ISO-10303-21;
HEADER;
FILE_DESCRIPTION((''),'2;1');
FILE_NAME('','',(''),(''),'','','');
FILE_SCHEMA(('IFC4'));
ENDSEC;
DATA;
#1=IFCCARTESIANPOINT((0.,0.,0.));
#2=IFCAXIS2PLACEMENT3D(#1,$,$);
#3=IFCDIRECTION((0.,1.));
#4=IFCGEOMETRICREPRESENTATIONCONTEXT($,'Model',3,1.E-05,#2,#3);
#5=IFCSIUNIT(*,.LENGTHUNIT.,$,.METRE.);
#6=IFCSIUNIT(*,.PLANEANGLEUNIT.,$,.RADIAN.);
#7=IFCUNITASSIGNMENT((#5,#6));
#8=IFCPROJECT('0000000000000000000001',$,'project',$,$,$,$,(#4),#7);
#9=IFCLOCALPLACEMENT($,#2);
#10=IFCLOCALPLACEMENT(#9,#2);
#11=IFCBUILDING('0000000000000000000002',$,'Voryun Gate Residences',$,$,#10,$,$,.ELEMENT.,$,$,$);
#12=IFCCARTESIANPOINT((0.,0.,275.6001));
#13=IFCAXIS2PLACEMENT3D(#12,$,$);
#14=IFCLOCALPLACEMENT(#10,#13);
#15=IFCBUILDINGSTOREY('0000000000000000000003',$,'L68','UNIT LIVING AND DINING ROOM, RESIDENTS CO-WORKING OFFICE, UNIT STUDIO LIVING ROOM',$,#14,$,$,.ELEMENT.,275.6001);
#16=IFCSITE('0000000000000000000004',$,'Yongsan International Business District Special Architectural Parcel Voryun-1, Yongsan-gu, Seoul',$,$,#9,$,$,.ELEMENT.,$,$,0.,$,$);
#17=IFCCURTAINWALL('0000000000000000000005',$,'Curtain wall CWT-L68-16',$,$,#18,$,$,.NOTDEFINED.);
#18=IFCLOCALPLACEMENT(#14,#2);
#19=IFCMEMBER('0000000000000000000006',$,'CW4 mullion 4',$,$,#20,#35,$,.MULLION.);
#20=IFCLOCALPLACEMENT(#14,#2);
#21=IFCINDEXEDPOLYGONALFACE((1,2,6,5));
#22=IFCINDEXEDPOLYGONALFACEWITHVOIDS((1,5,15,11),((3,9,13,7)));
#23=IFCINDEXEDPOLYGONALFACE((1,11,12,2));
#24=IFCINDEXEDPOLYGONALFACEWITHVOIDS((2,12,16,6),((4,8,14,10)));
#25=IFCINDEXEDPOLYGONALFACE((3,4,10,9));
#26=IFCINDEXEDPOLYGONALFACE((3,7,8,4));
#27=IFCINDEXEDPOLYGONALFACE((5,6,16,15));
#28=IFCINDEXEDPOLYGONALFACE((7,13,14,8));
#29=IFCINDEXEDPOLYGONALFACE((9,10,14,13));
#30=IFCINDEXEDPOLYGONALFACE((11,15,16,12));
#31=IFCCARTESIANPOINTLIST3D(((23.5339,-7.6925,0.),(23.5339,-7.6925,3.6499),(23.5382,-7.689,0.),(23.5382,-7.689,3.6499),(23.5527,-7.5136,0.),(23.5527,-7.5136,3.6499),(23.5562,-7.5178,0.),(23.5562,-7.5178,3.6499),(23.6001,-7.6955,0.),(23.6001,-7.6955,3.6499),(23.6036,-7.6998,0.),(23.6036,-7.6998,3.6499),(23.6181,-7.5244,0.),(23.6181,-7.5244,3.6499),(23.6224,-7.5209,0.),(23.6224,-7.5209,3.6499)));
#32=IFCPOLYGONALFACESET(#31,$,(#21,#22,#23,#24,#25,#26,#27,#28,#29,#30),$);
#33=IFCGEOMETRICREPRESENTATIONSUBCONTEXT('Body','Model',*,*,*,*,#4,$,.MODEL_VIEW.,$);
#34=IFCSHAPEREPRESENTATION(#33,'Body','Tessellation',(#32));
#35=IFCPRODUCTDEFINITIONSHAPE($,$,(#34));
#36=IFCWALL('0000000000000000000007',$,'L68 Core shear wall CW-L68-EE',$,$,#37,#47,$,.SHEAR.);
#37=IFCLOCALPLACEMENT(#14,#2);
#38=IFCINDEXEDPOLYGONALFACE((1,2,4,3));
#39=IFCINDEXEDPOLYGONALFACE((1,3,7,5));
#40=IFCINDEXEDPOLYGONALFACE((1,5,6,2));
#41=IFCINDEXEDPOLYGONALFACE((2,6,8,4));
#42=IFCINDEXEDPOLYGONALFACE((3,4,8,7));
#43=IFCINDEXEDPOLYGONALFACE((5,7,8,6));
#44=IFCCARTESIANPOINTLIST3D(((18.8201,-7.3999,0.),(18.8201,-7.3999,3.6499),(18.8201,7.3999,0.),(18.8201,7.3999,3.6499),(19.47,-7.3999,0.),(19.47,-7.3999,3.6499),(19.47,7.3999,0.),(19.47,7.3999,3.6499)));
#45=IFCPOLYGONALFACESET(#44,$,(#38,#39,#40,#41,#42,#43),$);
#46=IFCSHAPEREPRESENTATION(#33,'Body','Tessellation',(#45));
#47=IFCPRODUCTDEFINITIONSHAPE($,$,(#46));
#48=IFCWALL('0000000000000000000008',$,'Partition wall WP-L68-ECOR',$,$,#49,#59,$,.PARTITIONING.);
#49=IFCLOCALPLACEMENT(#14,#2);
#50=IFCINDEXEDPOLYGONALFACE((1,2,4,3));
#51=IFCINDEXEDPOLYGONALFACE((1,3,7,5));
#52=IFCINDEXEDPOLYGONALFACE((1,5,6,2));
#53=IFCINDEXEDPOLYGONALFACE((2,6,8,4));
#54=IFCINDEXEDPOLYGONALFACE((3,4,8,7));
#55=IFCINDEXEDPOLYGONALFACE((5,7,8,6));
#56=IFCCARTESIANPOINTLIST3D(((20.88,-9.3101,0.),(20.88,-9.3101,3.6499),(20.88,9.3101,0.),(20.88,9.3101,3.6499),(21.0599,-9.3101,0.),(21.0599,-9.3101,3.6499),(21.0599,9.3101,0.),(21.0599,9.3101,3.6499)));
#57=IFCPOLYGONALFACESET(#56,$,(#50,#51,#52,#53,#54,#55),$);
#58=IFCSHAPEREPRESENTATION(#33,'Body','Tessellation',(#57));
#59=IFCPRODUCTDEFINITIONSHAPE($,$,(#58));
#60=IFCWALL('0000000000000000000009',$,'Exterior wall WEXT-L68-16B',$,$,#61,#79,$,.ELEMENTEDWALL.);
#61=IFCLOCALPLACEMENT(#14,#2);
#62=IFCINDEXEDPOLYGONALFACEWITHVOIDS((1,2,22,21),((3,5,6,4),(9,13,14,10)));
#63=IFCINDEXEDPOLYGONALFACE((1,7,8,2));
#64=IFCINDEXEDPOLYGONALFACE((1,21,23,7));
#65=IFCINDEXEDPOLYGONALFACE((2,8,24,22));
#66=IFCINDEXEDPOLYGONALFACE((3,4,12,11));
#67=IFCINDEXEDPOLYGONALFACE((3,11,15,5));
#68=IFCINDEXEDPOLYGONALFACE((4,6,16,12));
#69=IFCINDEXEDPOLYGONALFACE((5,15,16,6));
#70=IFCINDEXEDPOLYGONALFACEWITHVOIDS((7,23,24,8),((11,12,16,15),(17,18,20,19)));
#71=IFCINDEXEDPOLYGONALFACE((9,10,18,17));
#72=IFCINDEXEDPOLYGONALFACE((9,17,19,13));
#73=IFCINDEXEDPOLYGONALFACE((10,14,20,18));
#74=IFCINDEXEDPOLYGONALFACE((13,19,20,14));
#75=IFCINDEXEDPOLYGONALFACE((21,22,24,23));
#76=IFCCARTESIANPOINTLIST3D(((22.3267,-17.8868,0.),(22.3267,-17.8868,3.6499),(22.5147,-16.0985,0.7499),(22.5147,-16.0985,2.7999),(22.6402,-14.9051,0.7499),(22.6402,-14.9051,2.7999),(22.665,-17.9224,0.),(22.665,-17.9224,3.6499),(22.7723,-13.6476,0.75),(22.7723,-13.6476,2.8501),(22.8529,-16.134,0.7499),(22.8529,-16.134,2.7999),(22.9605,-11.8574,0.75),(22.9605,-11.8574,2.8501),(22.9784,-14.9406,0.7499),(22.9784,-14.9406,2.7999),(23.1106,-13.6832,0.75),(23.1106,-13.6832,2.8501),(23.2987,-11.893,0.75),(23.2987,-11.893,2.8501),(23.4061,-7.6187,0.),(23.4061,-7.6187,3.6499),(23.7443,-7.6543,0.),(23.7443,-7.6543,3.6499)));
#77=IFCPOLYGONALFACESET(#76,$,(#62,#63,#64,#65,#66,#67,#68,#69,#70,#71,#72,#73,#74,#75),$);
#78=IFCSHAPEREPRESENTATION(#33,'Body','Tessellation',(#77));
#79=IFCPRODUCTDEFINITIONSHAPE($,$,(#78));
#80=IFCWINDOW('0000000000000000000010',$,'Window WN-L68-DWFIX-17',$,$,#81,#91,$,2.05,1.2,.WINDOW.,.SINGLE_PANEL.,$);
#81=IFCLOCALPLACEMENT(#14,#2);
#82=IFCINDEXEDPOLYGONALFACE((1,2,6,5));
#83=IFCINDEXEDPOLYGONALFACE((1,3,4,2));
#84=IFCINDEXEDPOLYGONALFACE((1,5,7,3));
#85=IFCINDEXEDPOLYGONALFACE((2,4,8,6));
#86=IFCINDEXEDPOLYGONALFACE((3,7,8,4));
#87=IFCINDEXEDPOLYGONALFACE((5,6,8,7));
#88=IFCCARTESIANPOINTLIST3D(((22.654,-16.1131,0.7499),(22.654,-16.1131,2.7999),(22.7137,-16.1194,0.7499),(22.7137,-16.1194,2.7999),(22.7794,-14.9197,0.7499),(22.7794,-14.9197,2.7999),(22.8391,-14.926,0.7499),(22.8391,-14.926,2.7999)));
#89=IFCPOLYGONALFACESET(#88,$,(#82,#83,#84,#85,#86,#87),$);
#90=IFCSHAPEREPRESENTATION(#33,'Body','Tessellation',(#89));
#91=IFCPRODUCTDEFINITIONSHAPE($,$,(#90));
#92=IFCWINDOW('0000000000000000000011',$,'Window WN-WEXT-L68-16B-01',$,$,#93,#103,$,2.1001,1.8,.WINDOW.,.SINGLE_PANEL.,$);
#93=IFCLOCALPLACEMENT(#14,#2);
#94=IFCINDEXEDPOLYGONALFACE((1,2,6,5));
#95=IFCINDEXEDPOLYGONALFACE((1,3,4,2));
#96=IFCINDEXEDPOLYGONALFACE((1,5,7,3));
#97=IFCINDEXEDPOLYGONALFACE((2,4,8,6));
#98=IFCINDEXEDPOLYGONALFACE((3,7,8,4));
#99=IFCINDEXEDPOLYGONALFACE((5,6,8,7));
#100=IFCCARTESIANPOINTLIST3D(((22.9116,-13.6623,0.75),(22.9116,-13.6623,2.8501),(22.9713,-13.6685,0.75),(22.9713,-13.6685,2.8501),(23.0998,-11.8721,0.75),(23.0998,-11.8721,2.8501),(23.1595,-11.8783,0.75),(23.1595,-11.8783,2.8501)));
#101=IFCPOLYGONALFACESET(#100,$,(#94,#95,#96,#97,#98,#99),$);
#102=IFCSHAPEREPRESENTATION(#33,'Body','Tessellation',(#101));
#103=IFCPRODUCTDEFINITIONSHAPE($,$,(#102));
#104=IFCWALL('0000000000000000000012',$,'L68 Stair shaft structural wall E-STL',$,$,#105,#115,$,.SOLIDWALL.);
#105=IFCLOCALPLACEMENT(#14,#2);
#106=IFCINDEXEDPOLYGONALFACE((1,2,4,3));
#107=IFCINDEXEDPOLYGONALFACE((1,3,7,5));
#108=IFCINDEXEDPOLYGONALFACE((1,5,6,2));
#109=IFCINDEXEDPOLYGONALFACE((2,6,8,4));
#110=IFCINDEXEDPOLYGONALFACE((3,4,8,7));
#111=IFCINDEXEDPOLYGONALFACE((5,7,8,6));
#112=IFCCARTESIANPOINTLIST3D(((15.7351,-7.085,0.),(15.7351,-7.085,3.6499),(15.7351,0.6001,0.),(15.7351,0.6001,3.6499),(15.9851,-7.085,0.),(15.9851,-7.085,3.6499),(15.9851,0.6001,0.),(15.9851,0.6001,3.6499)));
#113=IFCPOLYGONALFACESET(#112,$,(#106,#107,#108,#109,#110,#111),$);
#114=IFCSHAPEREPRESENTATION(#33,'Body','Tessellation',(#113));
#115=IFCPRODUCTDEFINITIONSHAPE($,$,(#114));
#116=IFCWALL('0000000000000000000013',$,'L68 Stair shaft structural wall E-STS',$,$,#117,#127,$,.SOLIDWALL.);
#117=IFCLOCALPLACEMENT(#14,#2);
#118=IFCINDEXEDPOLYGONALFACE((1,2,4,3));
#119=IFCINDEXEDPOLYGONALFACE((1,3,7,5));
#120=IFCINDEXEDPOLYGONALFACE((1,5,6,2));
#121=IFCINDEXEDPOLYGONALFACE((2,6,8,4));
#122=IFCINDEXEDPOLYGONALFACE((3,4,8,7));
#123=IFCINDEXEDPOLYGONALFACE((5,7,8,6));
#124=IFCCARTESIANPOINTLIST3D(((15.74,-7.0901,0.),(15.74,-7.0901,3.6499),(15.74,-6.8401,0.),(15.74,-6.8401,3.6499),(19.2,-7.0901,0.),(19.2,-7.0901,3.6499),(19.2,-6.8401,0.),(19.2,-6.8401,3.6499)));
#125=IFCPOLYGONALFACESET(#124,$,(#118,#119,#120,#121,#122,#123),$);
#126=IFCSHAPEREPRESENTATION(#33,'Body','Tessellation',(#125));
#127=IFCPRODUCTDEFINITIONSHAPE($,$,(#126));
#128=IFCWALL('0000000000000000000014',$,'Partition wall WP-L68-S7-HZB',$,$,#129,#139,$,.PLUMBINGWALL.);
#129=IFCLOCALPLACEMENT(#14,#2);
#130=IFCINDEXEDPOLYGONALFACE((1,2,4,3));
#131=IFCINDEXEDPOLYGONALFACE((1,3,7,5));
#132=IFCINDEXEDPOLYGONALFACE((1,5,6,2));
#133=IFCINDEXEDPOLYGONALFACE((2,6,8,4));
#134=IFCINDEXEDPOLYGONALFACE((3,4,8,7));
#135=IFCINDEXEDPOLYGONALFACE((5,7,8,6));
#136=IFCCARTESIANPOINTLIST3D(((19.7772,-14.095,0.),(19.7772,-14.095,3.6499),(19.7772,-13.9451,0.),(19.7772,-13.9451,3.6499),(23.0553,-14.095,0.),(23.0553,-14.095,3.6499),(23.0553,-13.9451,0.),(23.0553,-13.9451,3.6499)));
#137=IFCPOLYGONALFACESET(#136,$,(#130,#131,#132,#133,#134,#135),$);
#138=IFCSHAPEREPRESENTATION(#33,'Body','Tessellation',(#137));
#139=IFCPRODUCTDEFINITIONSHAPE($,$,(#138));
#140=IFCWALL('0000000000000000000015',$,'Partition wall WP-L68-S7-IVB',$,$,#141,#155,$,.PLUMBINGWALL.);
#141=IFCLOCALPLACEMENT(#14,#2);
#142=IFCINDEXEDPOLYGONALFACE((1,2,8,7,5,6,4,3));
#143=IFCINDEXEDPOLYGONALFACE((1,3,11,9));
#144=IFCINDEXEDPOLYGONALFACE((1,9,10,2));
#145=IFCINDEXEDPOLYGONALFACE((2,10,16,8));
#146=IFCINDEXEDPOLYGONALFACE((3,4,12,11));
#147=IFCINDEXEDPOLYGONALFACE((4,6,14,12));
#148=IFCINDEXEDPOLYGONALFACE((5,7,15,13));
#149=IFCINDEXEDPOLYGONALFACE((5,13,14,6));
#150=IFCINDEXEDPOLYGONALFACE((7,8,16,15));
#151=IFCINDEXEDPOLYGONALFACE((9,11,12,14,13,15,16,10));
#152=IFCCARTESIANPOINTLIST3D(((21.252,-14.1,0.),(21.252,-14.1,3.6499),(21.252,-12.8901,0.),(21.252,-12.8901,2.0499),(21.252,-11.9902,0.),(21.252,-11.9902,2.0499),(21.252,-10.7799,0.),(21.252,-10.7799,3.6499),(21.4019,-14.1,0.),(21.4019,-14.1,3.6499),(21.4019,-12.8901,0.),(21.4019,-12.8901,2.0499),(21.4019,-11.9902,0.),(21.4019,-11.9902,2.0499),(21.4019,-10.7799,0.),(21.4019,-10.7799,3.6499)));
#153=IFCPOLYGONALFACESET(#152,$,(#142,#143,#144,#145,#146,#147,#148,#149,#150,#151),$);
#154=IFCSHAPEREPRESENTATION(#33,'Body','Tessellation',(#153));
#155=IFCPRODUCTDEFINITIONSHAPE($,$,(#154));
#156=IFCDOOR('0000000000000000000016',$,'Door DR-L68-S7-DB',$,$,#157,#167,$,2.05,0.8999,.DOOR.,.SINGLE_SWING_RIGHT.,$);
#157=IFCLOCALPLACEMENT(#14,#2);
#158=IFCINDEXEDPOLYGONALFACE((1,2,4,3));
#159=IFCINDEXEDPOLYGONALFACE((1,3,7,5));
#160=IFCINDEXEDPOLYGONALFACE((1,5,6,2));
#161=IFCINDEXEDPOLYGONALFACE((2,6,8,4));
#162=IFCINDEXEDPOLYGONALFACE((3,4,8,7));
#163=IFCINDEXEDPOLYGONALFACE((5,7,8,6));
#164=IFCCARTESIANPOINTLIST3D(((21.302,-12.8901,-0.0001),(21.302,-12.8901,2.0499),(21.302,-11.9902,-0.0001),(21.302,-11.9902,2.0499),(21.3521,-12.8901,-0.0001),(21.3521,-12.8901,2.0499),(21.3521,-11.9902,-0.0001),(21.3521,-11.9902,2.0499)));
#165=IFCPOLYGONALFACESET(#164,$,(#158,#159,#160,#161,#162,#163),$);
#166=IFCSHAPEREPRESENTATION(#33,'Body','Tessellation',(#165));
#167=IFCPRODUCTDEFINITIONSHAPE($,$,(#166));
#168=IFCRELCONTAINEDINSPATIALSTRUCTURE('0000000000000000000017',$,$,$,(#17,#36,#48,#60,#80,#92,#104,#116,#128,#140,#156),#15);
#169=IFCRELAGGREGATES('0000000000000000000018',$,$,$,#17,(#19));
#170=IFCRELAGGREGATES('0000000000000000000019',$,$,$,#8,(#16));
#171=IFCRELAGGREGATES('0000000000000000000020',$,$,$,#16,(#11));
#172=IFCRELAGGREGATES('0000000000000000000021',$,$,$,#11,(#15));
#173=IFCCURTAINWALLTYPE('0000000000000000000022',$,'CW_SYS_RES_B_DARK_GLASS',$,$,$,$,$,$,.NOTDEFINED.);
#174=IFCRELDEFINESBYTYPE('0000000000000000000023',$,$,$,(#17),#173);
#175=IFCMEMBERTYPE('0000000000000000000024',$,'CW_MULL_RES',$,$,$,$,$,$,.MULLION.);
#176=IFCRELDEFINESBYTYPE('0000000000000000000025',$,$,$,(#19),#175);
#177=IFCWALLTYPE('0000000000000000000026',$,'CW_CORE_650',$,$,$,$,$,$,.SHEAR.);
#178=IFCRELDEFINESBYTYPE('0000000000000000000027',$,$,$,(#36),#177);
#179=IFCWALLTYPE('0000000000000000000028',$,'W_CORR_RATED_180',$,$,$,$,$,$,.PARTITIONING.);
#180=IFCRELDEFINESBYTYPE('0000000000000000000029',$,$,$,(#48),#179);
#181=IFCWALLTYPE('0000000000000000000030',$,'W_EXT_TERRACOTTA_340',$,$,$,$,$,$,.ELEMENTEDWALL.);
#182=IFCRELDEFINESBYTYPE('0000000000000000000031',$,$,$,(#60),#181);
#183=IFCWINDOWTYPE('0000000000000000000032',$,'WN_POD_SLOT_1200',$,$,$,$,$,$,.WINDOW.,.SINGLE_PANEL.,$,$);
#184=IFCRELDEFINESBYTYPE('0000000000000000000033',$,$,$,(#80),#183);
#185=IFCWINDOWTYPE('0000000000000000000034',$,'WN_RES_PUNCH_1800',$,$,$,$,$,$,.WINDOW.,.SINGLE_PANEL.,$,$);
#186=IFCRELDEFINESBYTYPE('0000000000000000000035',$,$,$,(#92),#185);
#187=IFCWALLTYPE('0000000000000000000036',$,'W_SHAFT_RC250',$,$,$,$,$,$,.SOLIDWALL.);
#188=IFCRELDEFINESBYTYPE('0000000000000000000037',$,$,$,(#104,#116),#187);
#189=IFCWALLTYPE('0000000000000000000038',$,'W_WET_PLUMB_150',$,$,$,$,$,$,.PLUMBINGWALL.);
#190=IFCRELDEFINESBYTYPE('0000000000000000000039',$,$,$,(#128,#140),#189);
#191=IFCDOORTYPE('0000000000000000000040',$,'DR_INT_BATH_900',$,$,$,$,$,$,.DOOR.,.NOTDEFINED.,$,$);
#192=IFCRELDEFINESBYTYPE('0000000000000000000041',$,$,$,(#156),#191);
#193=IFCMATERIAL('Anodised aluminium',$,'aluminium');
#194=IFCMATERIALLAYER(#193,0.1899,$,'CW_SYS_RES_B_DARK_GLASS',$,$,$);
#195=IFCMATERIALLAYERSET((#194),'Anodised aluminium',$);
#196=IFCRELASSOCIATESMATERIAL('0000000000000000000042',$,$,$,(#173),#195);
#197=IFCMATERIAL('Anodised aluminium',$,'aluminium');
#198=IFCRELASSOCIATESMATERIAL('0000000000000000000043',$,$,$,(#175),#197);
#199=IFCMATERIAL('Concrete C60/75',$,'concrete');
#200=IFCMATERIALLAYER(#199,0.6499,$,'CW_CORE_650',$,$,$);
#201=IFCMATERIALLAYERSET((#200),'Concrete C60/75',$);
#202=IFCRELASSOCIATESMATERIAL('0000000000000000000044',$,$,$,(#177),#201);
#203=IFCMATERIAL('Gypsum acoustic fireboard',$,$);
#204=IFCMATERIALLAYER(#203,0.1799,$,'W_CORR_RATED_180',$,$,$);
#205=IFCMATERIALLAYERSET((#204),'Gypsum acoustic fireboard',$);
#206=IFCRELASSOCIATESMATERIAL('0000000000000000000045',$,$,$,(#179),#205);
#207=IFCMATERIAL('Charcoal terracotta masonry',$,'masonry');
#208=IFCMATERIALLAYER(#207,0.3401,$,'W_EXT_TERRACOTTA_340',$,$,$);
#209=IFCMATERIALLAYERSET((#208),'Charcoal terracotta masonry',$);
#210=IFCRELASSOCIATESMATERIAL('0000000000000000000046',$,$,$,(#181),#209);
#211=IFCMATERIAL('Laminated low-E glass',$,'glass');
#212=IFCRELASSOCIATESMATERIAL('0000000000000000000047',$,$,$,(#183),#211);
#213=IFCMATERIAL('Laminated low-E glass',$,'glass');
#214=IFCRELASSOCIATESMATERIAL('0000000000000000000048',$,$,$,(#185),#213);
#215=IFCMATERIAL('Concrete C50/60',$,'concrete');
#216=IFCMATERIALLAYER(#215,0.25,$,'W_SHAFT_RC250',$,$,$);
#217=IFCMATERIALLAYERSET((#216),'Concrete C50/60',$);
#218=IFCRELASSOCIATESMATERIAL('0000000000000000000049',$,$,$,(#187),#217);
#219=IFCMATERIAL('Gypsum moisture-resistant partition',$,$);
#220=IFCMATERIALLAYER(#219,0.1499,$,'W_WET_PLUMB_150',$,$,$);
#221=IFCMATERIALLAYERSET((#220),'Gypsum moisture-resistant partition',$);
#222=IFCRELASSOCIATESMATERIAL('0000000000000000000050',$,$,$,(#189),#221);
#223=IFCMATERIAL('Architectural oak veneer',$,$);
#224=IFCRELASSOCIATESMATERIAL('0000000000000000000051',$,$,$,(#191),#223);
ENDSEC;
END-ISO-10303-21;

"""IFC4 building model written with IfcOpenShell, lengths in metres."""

from ifc_helpers import new_model, si_unit, direction, frame, frame_2d, origin, origin_2d, place, context, subcontext, project, spatial, rectangle, hollow_rectangle, extrude, material, layer, layer_set, material_profile, profile_set, type_object, element, fill, aggregate, save


model = new_model("IFC4")

# Units and contexts
model_context = context("Model", 3, precision=1e-05, world=origin(), true_north=direction((0.0, 1.0)))
body_context = subcontext(model_context, "Body", "Model", "MODEL_VIEW")
ifc_project = project(units=[si_unit("LENGTHUNIT", "METRE"), si_unit("PLANEANGLEUNIT", "RADIAN")], contexts=[model_context])

# Site, building, storey
site_placement = place(None, origin())
site = spatial("IfcSite", under=ifc_project, at=site_placement, Name="Yongsan International Business District Special Architectural Parcel Voryun-1, Yongsan-gu, Seoul", CompositionType="ELEMENT", RefElevation=0.0)
building_placement = place(site_placement, origin())
building = spatial("IfcBuilding", under=site, at=building_placement, Name="Voryun Gate Residences", CompositionType="ELEMENT")
storey_placement = place(building_placement, frame((0.0, 0.0, 275.6001)))
storey = spatial("IfcBuildingStorey", under=building, at=storey_placement, Name="L68", Description="UNIT LIVING AND DINING ROOM, RESIDENTS CO-WORKING OFFICE, UNIT STUDIO LIVING ROOM", CompositionType="ELEMENT", Elevation=275.6001)

# Curtain wall, member
ifc_material_1 = material(Name="Anodised aluminium", Category="aluminium")
ifc_layer_1 = layer(ifc_material_1, 0.1899, Name="CW_SYS_RES_B_DARK_GLASS")
ifc_layer_set_1 = layer_set([ifc_layer_1], Name="Anodised aluminium")
curtain_wall_type = type_object("IfcCurtainWallType", Name="CW_SYS_RES_B_DARK_GLASS", PredefinedType="NOTDEFINED", material=ifc_layer_set_1)
curtain_wall_placement = place(storey_placement, origin())
curtain_wall = element("IfcCurtainWall", 1, at=curtain_wall_placement, inside=storey, type_object=curtain_wall_type, Name="Curtain wall CWT-L68-16", PredefinedType="NOTDEFINED")
ifc_material_2 = material(Name="Anodised aluminium", Category="aluminium")
ifc_material_profile_1 = material_profile(ifc_material_2, hollow_rectangle(XDim=0.0701, YDim=0.1799, WallThickness=0.0039, at=origin_2d()), Name="ALU-MULL-180x70x4")
ifc_profile_set_1 = profile_set([ifc_material_profile_1], Name="Anodised aluminium")
member_type = type_object("IfcMemberType", Name="CW_MULL_RES", PredefinedType="MULLION", material=ifc_profile_set_1)
member_placement = place(storey_placement, frame((23.5781, -7.6067, 0.0), z_axis=(0.0, 0.0, 1.0), x_axis=(0.994521, -0.104536, 0.0)))
member = element("IfcMember", 2, at=member_placement, type_object=member_type, Name="CW4 mullion 4", PredefinedType="MULLION", context=body_context, shape_type="SweptSolid", body=[
    extrude(hollow_rectangle(XDim=0.0701, YDim=0.1799, WallThickness=0.0039, at=origin_2d()), origin(), (0.0, 0.0, 1.0), 3.6499),
])
aggregate(curtain_wall, [member])

# Walls
ifc_material_3 = material(Name="Concrete C60/75", Category="concrete")
ifc_layer_2 = layer(ifc_material_3, 0.6499, Name="CW_CORE_650")
ifc_layer_set_2 = layer_set([ifc_layer_2], Name="Concrete C60/75")
wall_type_1 = type_object("IfcWallType", Name="CW_CORE_650", PredefinedType="SHEAR", material=ifc_layer_set_2)
wall_1_placement = place(storey_placement, frame((19.145, -7.3999, 0.0), z_axis=(0.0, 0.0, 1.0), x_axis=(0.0, 1.0, 0.0)))
element("IfcWall", 3, at=wall_1_placement, inside=storey, type_object=wall_type_1, Name="L68 Core shear wall CW-L68-EE", PredefinedType="SHEAR", context=body_context, shape_type="SweptSolid", body=[
    extrude(rectangle(XDim=14.7998, YDim=0.6499, at=frame_2d((7.3999, 0.0))), origin(), (0.0, 0.0, 1.0), 3.6499),
])
ifc_material_4 = material(Name="Gypsum acoustic fireboard")
ifc_layer_3 = layer(ifc_material_4, 0.1799, Name="W_CORR_RATED_180")
ifc_layer_set_3 = layer_set([ifc_layer_3], Name="Gypsum acoustic fireboard")
wall_type_2 = type_object("IfcWallType", Name="W_CORR_RATED_180", PredefinedType="PARTITIONING", material=ifc_layer_set_3)
wall_2_placement = place(storey_placement, frame((20.97, -9.3101, 0.0), z_axis=(0.0, 0.0, 1.0), x_axis=(0.0, 1.0, 0.0)))
element("IfcWall", 4, at=wall_2_placement, inside=storey, type_object=wall_type_2, Name="Partition wall WP-L68-ECOR", PredefinedType="PARTITIONING", context=body_context, shape_type="SweptSolid", body=[
    extrude(rectangle(XDim=18.6201, YDim=0.1799, at=frame_2d((9.3101, 0.0))), origin(), (0.0, 0.0, 1.0), 3.6499),
])

# Wall, openings, windows
ifc_material_5 = material(Name="Charcoal terracotta masonry", Category="masonry")
ifc_layer_4 = layer(ifc_material_5, 0.3401, Name="W_EXT_TERRACOTTA_340")
ifc_layer_set_4 = layer_set([ifc_layer_4], Name="Charcoal terracotta masonry")
wall_type_3 = type_object("IfcWallType", Name="W_EXT_TERRACOTTA_340", PredefinedType="ELEMENTEDWALL", material=ifc_layer_set_4)
wall_3_placement = place(storey_placement, frame((23.5752, -7.6365, 0.0), z_axis=(0.0, 0.0, 1.0), x_axis=(-0.104541, -0.994521, 0.0)))
wall_3 = element("IfcWall", 5, at=wall_3_placement, inside=storey, type_object=wall_type_3, Name="Exterior wall WEXT-L68-16B", PredefinedType="ELEMENTEDWALL", context=body_context, shape_type="SweptSolid", body=[
    extrude(rectangle(XDim=10.3247, YDim=0.3401, at=frame_2d((5.1624, 0.0))), origin(), (0.0, 0.0, 1.0), 3.6499),
])
opening_1_placement = place(wall_3_placement, frame((4.2622, 0.0, 0.75)))
opening_1 = element("IfcOpeningElement", 6, at=opening_1_placement, cuts=wall_3, PredefinedType="OPENING", context=body_context, shape_type="SweptSolid", body=[
    extrude(rectangle(XDim=1.8, YDim=2.1001, at=frame_2d((0.8999, 1.05))), frame((0.0, 0.1799, 0.0), z_axis=(0.0, -1.0, 0.0), x_axis=(1.0, 0.0, 0.0)), (0.0, 0.0, 1.0), 0.3601),
])
opening_2_placement = place(wall_3_placement, frame((7.3264, 0.0, 0.75)))
opening_2 = element("IfcOpeningElement", 7, at=opening_2_placement, cuts=wall_3, PredefinedType="OPENING", context=body_context, shape_type="SweptSolid", body=[
    extrude(rectangle(XDim=1.2, YDim=2.05, at=frame_2d((0.6001, 1.0249))), frame((0.0, 0.1799, 0.0), z_axis=(0.0, -1.0, 0.0), x_axis=(1.0, 0.0, 0.0)), (0.0, 0.0, 1.0), 0.3601),
])
ifc_material_6 = material(Name="Laminated low-E glass", Category="glass")
window_type_1 = type_object("IfcWindowType", Name="WN_POD_SLOT_1200", PartitioningType="SINGLE_PANEL", PredefinedType="WINDOW", material=ifc_material_6)
window_1_placement = place(opening_2_placement, origin())
window_1 = element("IfcWindow", 8, at=window_1_placement, inside=storey, type_object=window_type_1, Name="Window WN-L68-DWFIX-17", OverallHeight=2.05, OverallWidth=1.2, PartitioningType="SINGLE_PANEL", PredefinedType="WINDOW", context=body_context, shape_type="SweptSolid", body=[
    extrude(rectangle(XDim=1.2, YDim=2.05, at=frame_2d((0.6001, 1.0249))), frame((0.0, 0.03, 0.0), z_axis=(0.0, -1.0, 0.0), x_axis=(1.0, 0.0, 0.0)), (0.0, 0.0, 1.0), 0.0601),
])
fill(opening_2, window_1)
ifc_material_7 = material(Name="Laminated low-E glass", Category="glass")
window_type_2 = type_object("IfcWindowType", Name="WN_RES_PUNCH_1800", PartitioningType="SINGLE_PANEL", PredefinedType="WINDOW", material=ifc_material_7)
window_2_placement = place(opening_1_placement, origin())
window_2 = element("IfcWindow", 9, at=window_2_placement, inside=storey, type_object=window_type_2, Name="Window WN-WEXT-L68-16B-01", OverallHeight=2.1001, OverallWidth=1.8, PartitioningType="SINGLE_PANEL", PredefinedType="WINDOW", context=body_context, shape_type="SweptSolid", body=[
    extrude(rectangle(XDim=1.8, YDim=2.1001, at=frame_2d((0.8999, 1.05))), frame((0.0, 0.03, 0.0), z_axis=(0.0, -1.0, 0.0), x_axis=(1.0, 0.0, 0.0)), (0.0, 0.0, 1.0), 0.0601),
])
fill(opening_1, window_2)

# Walls
ifc_material_8 = material(Name="Concrete C50/60", Category="concrete")
ifc_layer_5 = layer(ifc_material_8, 0.25, Name="W_SHAFT_RC250")
ifc_layer_set_5 = layer_set([ifc_layer_5], Name="Concrete C50/60")
wall_type_4 = type_object("IfcWallType", Name="W_SHAFT_RC250", PredefinedType="SOLIDWALL", material=ifc_layer_set_5)
wall_4_placement = place(storey_placement, frame((15.8601, -7.085, 0.0), z_axis=(0.0, 0.0, 1.0), x_axis=(0.0, 1.0, 0.0)))
element("IfcWall", 10, at=wall_4_placement, inside=storey, type_object=wall_type_4, Name="L68 Stair shaft structural wall E-STL", PredefinedType="SOLIDWALL", context=body_context, shape_type="SweptSolid", body=[
    extrude(rectangle(XDim=7.6851, YDim=0.25, at=frame_2d((3.8425, 0.0))), origin(), (0.0, 0.0, 1.0), 3.6499),
])
wall_5_placement = place(storey_placement, frame((15.74, -6.9651, 0.0), z_axis=(0.0, 0.0, 1.0), x_axis=(1.0, 0.0, 0.0)))
element("IfcWall", 11, at=wall_5_placement, inside=storey, type_object=wall_type_4, Name="L68 Stair shaft structural wall E-STS", PredefinedType="SOLIDWALL", context=body_context, shape_type="SweptSolid", body=[
    extrude(rectangle(XDim=3.46, YDim=0.25, at=frame_2d((1.73, 0.0))), origin(), (0.0, 0.0, 1.0), 3.6499),
])
ifc_material_9 = material(Name="Gypsum moisture-resistant partition")
ifc_layer_6 = layer(ifc_material_9, 0.1499, Name="W_WET_PLUMB_150")
ifc_layer_set_6 = layer_set([ifc_layer_6], Name="Gypsum moisture-resistant partition")
wall_type_5 = type_object("IfcWallType", Name="W_WET_PLUMB_150", PredefinedType="PLUMBINGWALL", material=ifc_layer_set_6)
wall_6_placement = place(storey_placement, frame((19.7771, -14.02, 0.0), z_axis=(0.0, 0.0, 1.0), x_axis=(1.0, 0.0, 0.0)))
element("IfcWall", 12, at=wall_6_placement, inside=storey, type_object=wall_type_5, Name="Partition wall WP-L68-S7-HZB", PredefinedType="PLUMBINGWALL", context=body_context, shape_type="SweptSolid", body=[
    extrude(rectangle(XDim=3.2781, YDim=0.1499, at=frame_2d((1.6392, 0.0))), origin(), (0.0, 0.0, 1.0), 3.6499),
])

# Wall, opening, door
wall_7_placement = place(storey_placement, frame((21.3269, -14.1001, 0.0), z_axis=(0.0, 0.0, 1.0), x_axis=(0.0, 1.0, 0.0)))
wall_7 = element("IfcWall", 13, at=wall_7_placement, inside=storey, type_object=wall_type_5, Name="Partition wall WP-L68-S7-IVB", PredefinedType="PLUMBINGWALL", context=body_context, shape_type="SweptSolid", body=[
    extrude(rectangle(XDim=3.3201, YDim=0.1499, at=frame_2d((1.6602, 0.0))), origin(), (0.0, 0.0, 1.0), 3.6499),
])
opening_3_placement = place(wall_7_placement, frame((1.21, 0.0, 0.0)))
opening_3 = element("IfcOpeningElement", 14, at=opening_3_placement, cuts=wall_7, PredefinedType="OPENING", context=body_context, shape_type="SweptSolid", body=[
    extrude(rectangle(XDim=0.8999, YDim=2.05, at=frame_2d((0.45, 1.0249))), frame((0.0, 0.085, 0.0), z_axis=(0.0, -1.0, 0.0), x_axis=(1.0, 0.0, 0.0)), (0.0, 0.0, 1.0), 0.1699),
])
ifc_material_10 = material(Name="Architectural oak veneer")
door_type = type_object("IfcDoorType", Name="DR_INT_BATH_900", OperationType="NOTDEFINED", PredefinedType="DOOR", material=ifc_material_10)
door_placement = place(opening_3_placement, origin())
door = element("IfcDoor", 15, at=door_placement, inside=storey, type_object=door_type, Name="Door DR-L68-S7-DB", OperationType="SINGLE_SWING_RIGHT", OverallHeight=2.05, OverallWidth=0.8999, PredefinedType="DOOR", context=body_context, shape_type="SweptSolid", body=[
    extrude(rectangle(XDim=0.8999, YDim=2.05, at=frame_2d((0.45, 1.0249))), frame((0.0, 0.0249, 0.0), z_axis=(0.0, -1.0, 0.0), x_axis=(1.0, 0.0, 0.0)), (0.0, 0.0, 1.0), 0.05),
])
fill(opening_3, door)

save(model, "model.ifc")
